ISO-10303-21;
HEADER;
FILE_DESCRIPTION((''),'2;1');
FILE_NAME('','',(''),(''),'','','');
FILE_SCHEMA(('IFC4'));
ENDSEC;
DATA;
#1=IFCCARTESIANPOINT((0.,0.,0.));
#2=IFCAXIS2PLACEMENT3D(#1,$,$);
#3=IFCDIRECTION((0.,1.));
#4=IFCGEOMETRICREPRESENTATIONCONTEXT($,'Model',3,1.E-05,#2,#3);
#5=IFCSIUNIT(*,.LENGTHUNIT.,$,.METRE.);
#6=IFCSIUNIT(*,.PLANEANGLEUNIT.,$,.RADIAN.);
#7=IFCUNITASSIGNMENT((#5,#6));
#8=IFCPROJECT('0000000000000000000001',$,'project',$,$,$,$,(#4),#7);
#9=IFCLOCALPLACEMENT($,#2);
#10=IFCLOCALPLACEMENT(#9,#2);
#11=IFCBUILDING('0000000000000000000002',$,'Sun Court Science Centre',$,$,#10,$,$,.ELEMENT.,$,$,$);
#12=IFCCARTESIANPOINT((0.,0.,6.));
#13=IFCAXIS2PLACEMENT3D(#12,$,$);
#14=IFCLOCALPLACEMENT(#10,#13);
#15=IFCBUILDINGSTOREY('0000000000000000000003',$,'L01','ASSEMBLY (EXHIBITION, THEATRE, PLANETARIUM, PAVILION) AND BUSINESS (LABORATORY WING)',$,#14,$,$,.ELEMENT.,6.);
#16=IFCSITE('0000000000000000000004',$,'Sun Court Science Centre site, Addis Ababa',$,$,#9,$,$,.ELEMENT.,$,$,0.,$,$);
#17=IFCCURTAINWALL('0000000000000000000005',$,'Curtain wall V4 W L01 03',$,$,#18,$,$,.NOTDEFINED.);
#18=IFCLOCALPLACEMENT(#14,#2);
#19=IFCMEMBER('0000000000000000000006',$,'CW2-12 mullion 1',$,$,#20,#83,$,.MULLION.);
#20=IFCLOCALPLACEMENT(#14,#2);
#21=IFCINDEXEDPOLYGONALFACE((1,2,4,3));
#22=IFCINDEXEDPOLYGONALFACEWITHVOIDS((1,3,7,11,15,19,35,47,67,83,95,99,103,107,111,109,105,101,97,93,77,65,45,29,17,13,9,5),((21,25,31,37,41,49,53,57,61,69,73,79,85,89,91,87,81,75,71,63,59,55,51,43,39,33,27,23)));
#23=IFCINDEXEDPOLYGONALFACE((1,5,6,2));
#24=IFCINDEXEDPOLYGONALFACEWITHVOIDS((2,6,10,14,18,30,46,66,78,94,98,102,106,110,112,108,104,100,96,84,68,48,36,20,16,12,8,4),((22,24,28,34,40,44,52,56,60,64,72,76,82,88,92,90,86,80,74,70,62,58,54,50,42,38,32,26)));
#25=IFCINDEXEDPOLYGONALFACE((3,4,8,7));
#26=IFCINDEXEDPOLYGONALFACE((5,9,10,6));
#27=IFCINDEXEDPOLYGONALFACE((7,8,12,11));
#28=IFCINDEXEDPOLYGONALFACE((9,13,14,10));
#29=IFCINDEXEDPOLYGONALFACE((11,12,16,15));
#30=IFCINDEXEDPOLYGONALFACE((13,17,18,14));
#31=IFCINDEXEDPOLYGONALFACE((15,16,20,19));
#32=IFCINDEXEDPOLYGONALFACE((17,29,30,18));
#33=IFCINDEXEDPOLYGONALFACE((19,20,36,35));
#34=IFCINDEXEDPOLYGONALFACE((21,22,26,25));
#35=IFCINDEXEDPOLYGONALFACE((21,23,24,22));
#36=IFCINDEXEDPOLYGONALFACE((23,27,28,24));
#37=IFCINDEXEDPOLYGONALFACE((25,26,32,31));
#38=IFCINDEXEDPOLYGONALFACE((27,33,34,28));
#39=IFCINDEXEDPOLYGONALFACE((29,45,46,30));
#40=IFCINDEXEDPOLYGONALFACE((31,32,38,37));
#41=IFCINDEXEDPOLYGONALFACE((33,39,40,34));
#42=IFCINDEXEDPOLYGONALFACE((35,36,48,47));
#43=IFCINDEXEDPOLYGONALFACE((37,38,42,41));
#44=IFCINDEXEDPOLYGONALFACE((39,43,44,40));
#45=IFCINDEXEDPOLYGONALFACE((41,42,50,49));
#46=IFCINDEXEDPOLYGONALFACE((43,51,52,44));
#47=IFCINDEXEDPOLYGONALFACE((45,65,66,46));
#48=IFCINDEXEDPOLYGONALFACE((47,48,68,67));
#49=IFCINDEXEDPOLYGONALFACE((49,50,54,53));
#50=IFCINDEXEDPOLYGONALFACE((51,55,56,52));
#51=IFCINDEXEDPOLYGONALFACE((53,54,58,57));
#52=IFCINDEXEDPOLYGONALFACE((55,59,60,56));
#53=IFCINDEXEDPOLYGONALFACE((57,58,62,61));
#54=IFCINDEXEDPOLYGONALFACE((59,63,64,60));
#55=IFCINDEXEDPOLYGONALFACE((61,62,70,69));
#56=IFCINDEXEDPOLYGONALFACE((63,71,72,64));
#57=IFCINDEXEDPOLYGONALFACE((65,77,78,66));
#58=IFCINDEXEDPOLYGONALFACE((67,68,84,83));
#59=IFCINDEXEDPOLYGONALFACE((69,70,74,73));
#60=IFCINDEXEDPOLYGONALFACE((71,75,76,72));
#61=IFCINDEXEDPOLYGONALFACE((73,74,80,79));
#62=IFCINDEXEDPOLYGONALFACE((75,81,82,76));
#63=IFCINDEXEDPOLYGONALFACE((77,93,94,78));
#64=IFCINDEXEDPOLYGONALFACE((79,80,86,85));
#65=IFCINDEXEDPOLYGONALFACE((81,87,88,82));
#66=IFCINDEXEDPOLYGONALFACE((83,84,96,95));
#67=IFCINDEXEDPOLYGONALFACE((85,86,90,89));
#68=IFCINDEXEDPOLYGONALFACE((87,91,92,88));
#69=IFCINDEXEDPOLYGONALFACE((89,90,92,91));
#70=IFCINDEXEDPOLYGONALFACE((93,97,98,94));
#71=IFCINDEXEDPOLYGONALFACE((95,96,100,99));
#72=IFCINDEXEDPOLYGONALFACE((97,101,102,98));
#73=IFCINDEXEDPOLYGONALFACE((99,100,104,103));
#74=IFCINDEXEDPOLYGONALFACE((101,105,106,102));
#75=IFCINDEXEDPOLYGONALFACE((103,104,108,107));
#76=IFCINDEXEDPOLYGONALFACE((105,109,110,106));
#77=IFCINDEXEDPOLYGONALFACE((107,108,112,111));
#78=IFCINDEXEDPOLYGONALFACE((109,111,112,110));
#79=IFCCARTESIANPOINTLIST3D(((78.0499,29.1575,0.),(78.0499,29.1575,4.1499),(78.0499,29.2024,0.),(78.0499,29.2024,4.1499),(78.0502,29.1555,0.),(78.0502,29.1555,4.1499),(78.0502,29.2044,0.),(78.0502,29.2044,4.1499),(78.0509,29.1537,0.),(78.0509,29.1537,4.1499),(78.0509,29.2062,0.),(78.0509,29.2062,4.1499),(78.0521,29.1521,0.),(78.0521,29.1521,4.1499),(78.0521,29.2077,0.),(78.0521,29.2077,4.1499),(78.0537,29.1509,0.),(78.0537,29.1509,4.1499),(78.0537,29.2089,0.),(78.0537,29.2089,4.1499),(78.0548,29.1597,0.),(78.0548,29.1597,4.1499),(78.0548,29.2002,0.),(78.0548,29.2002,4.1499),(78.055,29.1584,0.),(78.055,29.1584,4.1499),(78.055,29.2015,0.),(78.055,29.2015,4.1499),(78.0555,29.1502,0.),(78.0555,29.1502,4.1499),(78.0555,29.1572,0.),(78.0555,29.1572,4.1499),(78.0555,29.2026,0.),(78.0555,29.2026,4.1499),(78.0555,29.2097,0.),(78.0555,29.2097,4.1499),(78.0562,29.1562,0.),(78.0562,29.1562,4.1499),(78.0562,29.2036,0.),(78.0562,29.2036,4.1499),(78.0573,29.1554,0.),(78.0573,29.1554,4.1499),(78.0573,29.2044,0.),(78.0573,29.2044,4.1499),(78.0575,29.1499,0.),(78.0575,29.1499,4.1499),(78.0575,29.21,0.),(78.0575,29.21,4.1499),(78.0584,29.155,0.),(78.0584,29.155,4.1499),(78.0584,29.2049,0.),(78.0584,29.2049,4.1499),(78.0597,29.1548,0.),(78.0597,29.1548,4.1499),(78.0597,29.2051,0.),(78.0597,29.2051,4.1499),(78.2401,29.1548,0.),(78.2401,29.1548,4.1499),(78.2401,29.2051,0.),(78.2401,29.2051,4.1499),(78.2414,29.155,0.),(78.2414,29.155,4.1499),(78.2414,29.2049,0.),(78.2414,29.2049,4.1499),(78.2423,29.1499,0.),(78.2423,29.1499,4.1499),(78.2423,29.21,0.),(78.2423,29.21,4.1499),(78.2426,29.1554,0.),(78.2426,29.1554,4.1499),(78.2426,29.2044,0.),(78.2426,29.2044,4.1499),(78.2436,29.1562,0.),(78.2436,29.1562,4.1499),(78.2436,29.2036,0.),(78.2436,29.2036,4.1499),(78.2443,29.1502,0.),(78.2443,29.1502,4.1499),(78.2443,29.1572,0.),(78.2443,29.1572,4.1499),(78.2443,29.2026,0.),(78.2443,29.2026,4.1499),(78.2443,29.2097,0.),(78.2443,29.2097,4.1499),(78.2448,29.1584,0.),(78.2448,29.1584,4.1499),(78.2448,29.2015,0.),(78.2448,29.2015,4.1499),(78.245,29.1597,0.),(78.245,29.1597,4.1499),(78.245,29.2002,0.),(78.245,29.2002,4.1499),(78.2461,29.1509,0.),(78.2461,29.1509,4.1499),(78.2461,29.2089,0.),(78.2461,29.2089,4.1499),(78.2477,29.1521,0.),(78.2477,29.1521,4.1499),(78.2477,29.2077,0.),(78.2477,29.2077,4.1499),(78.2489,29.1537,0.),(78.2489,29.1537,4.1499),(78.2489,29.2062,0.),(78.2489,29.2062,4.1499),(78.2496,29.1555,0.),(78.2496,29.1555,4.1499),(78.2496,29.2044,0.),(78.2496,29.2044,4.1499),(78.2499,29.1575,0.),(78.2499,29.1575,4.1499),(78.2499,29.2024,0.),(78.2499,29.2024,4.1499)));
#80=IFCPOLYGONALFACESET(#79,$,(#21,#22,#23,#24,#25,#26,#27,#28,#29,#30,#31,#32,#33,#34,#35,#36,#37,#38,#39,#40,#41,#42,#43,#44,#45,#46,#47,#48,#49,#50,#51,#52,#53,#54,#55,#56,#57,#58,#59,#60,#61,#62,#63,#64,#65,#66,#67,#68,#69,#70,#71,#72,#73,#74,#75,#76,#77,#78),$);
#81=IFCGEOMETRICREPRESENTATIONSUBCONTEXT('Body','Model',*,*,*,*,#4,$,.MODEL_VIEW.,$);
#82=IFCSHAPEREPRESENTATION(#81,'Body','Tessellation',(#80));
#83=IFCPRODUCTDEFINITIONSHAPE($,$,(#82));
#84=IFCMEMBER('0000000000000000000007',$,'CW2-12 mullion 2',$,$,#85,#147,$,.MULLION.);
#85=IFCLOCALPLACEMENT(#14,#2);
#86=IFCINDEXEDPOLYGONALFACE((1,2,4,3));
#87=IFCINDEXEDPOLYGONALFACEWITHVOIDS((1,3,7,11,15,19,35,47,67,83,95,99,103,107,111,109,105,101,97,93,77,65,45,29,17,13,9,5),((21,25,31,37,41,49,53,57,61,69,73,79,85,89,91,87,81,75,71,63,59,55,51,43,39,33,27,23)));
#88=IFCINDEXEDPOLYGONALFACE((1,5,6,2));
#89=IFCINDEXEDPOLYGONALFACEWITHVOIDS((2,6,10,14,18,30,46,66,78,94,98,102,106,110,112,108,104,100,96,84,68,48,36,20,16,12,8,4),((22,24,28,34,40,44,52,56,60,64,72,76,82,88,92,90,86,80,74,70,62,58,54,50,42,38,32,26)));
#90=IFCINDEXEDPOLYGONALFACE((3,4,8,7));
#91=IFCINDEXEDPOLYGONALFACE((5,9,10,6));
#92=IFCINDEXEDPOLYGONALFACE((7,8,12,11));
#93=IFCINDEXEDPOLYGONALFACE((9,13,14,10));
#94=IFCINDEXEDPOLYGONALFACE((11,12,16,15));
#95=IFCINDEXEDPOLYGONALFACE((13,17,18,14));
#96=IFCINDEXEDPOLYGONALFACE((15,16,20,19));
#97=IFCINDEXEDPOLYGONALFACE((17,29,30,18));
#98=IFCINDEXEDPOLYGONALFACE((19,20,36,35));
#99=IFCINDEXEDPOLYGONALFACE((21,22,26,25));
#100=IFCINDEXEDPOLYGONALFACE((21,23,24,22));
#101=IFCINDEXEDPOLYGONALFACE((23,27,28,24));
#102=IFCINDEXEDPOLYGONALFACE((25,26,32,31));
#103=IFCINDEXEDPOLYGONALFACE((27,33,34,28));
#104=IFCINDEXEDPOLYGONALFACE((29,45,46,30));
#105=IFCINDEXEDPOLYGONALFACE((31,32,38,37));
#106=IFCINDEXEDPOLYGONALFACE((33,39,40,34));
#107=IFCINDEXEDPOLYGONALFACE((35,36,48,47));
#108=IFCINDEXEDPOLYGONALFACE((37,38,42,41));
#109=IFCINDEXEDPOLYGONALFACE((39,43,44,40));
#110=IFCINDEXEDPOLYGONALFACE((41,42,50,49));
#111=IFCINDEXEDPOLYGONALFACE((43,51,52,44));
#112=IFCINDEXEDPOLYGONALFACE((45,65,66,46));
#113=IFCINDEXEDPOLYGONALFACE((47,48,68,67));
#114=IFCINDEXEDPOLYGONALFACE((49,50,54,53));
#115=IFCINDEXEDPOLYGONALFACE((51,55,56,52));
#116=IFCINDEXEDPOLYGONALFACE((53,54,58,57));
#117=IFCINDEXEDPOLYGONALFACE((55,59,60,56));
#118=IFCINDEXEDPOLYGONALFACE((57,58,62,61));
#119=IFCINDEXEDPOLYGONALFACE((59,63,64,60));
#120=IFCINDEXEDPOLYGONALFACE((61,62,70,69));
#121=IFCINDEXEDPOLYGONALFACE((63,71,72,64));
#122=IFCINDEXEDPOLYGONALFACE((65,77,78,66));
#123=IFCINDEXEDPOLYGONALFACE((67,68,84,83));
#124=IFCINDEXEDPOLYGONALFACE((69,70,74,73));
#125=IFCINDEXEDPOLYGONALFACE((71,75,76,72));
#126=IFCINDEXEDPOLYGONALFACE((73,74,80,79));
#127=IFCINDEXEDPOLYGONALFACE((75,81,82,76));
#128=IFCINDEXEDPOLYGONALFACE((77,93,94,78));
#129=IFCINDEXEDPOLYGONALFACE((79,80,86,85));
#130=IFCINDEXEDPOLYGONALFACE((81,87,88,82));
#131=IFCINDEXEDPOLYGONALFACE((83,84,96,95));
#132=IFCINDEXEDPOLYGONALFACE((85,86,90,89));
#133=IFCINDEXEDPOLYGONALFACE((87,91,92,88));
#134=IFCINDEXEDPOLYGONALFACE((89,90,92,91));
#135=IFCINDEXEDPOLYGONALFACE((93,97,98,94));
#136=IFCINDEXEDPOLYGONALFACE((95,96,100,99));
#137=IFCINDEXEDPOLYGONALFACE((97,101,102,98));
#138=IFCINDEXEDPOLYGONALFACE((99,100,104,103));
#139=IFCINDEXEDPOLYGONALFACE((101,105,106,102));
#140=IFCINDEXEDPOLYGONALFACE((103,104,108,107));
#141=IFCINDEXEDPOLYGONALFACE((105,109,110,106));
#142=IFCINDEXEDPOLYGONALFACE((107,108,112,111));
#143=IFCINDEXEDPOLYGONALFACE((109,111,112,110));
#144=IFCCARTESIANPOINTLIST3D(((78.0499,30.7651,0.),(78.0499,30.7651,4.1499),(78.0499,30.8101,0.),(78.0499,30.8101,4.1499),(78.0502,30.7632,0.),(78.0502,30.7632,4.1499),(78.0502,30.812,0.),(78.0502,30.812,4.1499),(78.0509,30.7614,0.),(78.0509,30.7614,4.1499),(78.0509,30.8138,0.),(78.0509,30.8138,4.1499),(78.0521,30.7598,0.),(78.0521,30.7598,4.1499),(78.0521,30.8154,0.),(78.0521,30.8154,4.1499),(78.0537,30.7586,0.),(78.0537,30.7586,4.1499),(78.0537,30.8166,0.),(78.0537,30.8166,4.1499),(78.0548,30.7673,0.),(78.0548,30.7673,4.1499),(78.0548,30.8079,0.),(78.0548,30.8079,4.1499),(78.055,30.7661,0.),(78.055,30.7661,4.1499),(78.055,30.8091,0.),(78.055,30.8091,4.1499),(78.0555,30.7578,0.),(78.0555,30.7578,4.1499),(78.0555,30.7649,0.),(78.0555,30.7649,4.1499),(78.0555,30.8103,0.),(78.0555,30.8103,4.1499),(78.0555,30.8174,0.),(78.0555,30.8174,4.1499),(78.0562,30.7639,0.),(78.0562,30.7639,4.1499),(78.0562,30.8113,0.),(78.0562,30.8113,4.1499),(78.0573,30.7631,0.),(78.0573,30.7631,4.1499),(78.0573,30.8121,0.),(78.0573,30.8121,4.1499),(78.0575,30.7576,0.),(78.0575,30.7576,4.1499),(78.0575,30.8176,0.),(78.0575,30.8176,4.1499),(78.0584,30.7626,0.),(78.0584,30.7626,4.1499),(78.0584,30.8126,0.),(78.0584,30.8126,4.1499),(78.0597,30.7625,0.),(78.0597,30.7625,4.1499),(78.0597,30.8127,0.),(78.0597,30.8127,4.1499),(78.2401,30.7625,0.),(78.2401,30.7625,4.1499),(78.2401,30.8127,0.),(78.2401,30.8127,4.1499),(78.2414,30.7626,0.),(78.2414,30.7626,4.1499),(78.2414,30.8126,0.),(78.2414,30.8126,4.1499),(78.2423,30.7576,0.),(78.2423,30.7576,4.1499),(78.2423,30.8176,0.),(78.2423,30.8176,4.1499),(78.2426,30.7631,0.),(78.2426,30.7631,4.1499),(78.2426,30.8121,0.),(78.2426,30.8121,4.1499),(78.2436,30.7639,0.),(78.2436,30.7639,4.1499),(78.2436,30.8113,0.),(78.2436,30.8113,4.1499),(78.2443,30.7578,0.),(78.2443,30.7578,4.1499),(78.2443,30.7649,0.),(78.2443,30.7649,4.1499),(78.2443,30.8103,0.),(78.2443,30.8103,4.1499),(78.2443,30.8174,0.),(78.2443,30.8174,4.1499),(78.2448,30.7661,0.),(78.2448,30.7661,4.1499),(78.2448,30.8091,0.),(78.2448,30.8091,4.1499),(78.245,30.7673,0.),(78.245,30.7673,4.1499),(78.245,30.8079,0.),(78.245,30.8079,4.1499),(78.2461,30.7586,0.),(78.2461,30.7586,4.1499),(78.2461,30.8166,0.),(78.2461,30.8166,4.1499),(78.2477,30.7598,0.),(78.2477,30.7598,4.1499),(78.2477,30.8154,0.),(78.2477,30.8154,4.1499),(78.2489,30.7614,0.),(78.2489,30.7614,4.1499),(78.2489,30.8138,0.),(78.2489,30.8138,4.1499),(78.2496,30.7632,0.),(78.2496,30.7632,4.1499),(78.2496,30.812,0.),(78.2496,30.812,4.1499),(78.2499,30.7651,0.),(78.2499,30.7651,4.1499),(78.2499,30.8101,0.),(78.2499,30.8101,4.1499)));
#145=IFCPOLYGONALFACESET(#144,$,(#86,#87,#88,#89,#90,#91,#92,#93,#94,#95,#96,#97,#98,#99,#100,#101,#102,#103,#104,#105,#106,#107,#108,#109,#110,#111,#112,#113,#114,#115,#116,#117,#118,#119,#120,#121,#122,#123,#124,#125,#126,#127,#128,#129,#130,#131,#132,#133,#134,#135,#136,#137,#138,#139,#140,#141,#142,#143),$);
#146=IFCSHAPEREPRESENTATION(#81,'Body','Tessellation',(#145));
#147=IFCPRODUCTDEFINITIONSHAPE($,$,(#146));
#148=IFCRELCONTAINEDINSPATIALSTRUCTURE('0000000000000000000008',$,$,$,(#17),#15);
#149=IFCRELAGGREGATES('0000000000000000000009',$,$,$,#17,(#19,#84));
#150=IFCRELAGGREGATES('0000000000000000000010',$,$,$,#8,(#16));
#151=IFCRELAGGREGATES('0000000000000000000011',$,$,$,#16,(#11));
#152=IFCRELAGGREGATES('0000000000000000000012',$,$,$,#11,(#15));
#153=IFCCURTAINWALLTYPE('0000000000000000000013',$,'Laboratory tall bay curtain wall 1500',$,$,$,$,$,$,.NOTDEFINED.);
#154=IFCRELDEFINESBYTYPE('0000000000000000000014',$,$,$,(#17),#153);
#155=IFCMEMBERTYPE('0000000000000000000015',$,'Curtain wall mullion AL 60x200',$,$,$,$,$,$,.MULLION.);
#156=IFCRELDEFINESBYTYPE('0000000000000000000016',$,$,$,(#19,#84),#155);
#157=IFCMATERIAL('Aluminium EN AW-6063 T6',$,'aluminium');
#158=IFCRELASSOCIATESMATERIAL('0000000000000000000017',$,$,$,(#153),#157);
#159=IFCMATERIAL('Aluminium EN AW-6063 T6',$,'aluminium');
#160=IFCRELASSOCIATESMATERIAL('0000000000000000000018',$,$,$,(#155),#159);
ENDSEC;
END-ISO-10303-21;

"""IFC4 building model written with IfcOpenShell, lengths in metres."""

from ifc_helpers import new_model, si_unit, direction, frame, origin, origin_2d, place, context, subcontext, project, spatial, hollow_rectangle, extrude, material, material_profile, profile_set, type_object, element, aggregate, save


model = new_model("IFC4")

# Units and contexts
model_context = context("Model", 3, precision=1e-05, world=origin(), true_north=direction((0.0, 1.0)))
body_context = subcontext(model_context, "Body", "Model", "MODEL_VIEW")
ifc_project = project(units=[si_unit("LENGTHUNIT", "METRE"), si_unit("PLANEANGLEUNIT", "RADIAN")], contexts=[model_context])

# Site, building, storey
site_placement = place(None, origin())
site = spatial("IfcSite", under=ifc_project, at=site_placement, Name="Sun Court Science Centre site, Addis Ababa", CompositionType="ELEMENT", RefElevation=0.0)
building_placement = place(site_placement, origin())
building = spatial("IfcBuilding", under=site, at=building_placement, Name="Sun Court Science Centre", CompositionType="ELEMENT")
storey_placement = place(building_placement, frame((0.0, 0.0, 6.0)))
storey = spatial("IfcBuildingStorey", under=building, at=storey_placement, Name="L01", Description="ASSEMBLY (EXHIBITION, THEATRE, PLANETARIUM, PAVILION) AND BUSINESS (LABORATORY WING)", CompositionType="ELEMENT", Elevation=6.0)

# Curtain wall, members
ifc_material_1 = material(Name="Aluminium EN AW-6063 T6", Category="aluminium")
curtain_wall_type = type_object("IfcCurtainWallType", Name="Laboratory tall bay curtain wall 1500", PredefinedType="NOTDEFINED", material=ifc_material_1)
ifc_material_2 = material(Name="Aluminium EN AW-6063 T6", Category="aluminium")
ifc_material_profile_1 = material_profile(ifc_material_2, hollow_rectangle(XDim=0.0601, YDim=0.2, WallThickness=0.0049, InnerFilletRadius=0.0049, OuterFilletRadius=0.0076, at=origin_2d()), Name="AL 60x200x5")
ifc_profile_set_1 = profile_set([ifc_material_profile_1], Name="Aluminium EN AW-6063 T6")
member_type_1 = type_object("IfcMemberType", Name="Curtain wall mullion AL 60x200", PredefinedType="MULLION", material=ifc_profile_set_1)
curtain_wall_1_placement = place(storey_placement, origin())
curtain_wall_1 = element("IfcCurtainWall", 1, at=curtain_wall_1_placement, inside=storey, type_object=curtain_wall_type, Name="Curtain wall V4 W L01 03", PredefinedType="NOTDEFINED")
member_1_placement = place(storey_placement, frame((78.1499, 29.1799, 0.0), z_axis=(0.0, 0.0, 1.0), x_axis=(0.0, 1.0, 0.0)))
member_1 = element("IfcMember", 2, at=member_1_placement, type_object=member_type_1, Name="CW2-12 mullion 1", PredefinedType="MULLION", context=body_context, shape_type="SweptSolid", body=[
    extrude(hollow_rectangle(XDim=0.0601, YDim=0.2, WallThickness=0.0049, InnerFilletRadius=0.0049, OuterFilletRadius=0.0076, at=origin_2d()), origin(), (0.0, 0.0, 1.0), 4.1499),
])
member_2_placement = place(storey_placement, frame((78.1499, 30.7876, 0.0), z_axis=(0.0, 0.0, 1.0), x_axis=(0.0, 1.0, 0.0)))
member_2 = element("IfcMember", 3, at=member_2_placement, type_object=member_type_1, Name="CW2-12 mullion 2", PredefinedType="MULLION", context=body_context, shape_type="SweptSolid", body=[
    extrude(hollow_rectangle(XDim=0.0601, YDim=0.2, WallThickness=0.0049, InnerFilletRadius=0.0049, OuterFilletRadius=0.0076, at=origin_2d()), origin(), (0.0, 0.0, 1.0), 4.1499),
])

aggregate(curtain_wall_1, [member_1, member_2])

save(model, "model.ifc")
